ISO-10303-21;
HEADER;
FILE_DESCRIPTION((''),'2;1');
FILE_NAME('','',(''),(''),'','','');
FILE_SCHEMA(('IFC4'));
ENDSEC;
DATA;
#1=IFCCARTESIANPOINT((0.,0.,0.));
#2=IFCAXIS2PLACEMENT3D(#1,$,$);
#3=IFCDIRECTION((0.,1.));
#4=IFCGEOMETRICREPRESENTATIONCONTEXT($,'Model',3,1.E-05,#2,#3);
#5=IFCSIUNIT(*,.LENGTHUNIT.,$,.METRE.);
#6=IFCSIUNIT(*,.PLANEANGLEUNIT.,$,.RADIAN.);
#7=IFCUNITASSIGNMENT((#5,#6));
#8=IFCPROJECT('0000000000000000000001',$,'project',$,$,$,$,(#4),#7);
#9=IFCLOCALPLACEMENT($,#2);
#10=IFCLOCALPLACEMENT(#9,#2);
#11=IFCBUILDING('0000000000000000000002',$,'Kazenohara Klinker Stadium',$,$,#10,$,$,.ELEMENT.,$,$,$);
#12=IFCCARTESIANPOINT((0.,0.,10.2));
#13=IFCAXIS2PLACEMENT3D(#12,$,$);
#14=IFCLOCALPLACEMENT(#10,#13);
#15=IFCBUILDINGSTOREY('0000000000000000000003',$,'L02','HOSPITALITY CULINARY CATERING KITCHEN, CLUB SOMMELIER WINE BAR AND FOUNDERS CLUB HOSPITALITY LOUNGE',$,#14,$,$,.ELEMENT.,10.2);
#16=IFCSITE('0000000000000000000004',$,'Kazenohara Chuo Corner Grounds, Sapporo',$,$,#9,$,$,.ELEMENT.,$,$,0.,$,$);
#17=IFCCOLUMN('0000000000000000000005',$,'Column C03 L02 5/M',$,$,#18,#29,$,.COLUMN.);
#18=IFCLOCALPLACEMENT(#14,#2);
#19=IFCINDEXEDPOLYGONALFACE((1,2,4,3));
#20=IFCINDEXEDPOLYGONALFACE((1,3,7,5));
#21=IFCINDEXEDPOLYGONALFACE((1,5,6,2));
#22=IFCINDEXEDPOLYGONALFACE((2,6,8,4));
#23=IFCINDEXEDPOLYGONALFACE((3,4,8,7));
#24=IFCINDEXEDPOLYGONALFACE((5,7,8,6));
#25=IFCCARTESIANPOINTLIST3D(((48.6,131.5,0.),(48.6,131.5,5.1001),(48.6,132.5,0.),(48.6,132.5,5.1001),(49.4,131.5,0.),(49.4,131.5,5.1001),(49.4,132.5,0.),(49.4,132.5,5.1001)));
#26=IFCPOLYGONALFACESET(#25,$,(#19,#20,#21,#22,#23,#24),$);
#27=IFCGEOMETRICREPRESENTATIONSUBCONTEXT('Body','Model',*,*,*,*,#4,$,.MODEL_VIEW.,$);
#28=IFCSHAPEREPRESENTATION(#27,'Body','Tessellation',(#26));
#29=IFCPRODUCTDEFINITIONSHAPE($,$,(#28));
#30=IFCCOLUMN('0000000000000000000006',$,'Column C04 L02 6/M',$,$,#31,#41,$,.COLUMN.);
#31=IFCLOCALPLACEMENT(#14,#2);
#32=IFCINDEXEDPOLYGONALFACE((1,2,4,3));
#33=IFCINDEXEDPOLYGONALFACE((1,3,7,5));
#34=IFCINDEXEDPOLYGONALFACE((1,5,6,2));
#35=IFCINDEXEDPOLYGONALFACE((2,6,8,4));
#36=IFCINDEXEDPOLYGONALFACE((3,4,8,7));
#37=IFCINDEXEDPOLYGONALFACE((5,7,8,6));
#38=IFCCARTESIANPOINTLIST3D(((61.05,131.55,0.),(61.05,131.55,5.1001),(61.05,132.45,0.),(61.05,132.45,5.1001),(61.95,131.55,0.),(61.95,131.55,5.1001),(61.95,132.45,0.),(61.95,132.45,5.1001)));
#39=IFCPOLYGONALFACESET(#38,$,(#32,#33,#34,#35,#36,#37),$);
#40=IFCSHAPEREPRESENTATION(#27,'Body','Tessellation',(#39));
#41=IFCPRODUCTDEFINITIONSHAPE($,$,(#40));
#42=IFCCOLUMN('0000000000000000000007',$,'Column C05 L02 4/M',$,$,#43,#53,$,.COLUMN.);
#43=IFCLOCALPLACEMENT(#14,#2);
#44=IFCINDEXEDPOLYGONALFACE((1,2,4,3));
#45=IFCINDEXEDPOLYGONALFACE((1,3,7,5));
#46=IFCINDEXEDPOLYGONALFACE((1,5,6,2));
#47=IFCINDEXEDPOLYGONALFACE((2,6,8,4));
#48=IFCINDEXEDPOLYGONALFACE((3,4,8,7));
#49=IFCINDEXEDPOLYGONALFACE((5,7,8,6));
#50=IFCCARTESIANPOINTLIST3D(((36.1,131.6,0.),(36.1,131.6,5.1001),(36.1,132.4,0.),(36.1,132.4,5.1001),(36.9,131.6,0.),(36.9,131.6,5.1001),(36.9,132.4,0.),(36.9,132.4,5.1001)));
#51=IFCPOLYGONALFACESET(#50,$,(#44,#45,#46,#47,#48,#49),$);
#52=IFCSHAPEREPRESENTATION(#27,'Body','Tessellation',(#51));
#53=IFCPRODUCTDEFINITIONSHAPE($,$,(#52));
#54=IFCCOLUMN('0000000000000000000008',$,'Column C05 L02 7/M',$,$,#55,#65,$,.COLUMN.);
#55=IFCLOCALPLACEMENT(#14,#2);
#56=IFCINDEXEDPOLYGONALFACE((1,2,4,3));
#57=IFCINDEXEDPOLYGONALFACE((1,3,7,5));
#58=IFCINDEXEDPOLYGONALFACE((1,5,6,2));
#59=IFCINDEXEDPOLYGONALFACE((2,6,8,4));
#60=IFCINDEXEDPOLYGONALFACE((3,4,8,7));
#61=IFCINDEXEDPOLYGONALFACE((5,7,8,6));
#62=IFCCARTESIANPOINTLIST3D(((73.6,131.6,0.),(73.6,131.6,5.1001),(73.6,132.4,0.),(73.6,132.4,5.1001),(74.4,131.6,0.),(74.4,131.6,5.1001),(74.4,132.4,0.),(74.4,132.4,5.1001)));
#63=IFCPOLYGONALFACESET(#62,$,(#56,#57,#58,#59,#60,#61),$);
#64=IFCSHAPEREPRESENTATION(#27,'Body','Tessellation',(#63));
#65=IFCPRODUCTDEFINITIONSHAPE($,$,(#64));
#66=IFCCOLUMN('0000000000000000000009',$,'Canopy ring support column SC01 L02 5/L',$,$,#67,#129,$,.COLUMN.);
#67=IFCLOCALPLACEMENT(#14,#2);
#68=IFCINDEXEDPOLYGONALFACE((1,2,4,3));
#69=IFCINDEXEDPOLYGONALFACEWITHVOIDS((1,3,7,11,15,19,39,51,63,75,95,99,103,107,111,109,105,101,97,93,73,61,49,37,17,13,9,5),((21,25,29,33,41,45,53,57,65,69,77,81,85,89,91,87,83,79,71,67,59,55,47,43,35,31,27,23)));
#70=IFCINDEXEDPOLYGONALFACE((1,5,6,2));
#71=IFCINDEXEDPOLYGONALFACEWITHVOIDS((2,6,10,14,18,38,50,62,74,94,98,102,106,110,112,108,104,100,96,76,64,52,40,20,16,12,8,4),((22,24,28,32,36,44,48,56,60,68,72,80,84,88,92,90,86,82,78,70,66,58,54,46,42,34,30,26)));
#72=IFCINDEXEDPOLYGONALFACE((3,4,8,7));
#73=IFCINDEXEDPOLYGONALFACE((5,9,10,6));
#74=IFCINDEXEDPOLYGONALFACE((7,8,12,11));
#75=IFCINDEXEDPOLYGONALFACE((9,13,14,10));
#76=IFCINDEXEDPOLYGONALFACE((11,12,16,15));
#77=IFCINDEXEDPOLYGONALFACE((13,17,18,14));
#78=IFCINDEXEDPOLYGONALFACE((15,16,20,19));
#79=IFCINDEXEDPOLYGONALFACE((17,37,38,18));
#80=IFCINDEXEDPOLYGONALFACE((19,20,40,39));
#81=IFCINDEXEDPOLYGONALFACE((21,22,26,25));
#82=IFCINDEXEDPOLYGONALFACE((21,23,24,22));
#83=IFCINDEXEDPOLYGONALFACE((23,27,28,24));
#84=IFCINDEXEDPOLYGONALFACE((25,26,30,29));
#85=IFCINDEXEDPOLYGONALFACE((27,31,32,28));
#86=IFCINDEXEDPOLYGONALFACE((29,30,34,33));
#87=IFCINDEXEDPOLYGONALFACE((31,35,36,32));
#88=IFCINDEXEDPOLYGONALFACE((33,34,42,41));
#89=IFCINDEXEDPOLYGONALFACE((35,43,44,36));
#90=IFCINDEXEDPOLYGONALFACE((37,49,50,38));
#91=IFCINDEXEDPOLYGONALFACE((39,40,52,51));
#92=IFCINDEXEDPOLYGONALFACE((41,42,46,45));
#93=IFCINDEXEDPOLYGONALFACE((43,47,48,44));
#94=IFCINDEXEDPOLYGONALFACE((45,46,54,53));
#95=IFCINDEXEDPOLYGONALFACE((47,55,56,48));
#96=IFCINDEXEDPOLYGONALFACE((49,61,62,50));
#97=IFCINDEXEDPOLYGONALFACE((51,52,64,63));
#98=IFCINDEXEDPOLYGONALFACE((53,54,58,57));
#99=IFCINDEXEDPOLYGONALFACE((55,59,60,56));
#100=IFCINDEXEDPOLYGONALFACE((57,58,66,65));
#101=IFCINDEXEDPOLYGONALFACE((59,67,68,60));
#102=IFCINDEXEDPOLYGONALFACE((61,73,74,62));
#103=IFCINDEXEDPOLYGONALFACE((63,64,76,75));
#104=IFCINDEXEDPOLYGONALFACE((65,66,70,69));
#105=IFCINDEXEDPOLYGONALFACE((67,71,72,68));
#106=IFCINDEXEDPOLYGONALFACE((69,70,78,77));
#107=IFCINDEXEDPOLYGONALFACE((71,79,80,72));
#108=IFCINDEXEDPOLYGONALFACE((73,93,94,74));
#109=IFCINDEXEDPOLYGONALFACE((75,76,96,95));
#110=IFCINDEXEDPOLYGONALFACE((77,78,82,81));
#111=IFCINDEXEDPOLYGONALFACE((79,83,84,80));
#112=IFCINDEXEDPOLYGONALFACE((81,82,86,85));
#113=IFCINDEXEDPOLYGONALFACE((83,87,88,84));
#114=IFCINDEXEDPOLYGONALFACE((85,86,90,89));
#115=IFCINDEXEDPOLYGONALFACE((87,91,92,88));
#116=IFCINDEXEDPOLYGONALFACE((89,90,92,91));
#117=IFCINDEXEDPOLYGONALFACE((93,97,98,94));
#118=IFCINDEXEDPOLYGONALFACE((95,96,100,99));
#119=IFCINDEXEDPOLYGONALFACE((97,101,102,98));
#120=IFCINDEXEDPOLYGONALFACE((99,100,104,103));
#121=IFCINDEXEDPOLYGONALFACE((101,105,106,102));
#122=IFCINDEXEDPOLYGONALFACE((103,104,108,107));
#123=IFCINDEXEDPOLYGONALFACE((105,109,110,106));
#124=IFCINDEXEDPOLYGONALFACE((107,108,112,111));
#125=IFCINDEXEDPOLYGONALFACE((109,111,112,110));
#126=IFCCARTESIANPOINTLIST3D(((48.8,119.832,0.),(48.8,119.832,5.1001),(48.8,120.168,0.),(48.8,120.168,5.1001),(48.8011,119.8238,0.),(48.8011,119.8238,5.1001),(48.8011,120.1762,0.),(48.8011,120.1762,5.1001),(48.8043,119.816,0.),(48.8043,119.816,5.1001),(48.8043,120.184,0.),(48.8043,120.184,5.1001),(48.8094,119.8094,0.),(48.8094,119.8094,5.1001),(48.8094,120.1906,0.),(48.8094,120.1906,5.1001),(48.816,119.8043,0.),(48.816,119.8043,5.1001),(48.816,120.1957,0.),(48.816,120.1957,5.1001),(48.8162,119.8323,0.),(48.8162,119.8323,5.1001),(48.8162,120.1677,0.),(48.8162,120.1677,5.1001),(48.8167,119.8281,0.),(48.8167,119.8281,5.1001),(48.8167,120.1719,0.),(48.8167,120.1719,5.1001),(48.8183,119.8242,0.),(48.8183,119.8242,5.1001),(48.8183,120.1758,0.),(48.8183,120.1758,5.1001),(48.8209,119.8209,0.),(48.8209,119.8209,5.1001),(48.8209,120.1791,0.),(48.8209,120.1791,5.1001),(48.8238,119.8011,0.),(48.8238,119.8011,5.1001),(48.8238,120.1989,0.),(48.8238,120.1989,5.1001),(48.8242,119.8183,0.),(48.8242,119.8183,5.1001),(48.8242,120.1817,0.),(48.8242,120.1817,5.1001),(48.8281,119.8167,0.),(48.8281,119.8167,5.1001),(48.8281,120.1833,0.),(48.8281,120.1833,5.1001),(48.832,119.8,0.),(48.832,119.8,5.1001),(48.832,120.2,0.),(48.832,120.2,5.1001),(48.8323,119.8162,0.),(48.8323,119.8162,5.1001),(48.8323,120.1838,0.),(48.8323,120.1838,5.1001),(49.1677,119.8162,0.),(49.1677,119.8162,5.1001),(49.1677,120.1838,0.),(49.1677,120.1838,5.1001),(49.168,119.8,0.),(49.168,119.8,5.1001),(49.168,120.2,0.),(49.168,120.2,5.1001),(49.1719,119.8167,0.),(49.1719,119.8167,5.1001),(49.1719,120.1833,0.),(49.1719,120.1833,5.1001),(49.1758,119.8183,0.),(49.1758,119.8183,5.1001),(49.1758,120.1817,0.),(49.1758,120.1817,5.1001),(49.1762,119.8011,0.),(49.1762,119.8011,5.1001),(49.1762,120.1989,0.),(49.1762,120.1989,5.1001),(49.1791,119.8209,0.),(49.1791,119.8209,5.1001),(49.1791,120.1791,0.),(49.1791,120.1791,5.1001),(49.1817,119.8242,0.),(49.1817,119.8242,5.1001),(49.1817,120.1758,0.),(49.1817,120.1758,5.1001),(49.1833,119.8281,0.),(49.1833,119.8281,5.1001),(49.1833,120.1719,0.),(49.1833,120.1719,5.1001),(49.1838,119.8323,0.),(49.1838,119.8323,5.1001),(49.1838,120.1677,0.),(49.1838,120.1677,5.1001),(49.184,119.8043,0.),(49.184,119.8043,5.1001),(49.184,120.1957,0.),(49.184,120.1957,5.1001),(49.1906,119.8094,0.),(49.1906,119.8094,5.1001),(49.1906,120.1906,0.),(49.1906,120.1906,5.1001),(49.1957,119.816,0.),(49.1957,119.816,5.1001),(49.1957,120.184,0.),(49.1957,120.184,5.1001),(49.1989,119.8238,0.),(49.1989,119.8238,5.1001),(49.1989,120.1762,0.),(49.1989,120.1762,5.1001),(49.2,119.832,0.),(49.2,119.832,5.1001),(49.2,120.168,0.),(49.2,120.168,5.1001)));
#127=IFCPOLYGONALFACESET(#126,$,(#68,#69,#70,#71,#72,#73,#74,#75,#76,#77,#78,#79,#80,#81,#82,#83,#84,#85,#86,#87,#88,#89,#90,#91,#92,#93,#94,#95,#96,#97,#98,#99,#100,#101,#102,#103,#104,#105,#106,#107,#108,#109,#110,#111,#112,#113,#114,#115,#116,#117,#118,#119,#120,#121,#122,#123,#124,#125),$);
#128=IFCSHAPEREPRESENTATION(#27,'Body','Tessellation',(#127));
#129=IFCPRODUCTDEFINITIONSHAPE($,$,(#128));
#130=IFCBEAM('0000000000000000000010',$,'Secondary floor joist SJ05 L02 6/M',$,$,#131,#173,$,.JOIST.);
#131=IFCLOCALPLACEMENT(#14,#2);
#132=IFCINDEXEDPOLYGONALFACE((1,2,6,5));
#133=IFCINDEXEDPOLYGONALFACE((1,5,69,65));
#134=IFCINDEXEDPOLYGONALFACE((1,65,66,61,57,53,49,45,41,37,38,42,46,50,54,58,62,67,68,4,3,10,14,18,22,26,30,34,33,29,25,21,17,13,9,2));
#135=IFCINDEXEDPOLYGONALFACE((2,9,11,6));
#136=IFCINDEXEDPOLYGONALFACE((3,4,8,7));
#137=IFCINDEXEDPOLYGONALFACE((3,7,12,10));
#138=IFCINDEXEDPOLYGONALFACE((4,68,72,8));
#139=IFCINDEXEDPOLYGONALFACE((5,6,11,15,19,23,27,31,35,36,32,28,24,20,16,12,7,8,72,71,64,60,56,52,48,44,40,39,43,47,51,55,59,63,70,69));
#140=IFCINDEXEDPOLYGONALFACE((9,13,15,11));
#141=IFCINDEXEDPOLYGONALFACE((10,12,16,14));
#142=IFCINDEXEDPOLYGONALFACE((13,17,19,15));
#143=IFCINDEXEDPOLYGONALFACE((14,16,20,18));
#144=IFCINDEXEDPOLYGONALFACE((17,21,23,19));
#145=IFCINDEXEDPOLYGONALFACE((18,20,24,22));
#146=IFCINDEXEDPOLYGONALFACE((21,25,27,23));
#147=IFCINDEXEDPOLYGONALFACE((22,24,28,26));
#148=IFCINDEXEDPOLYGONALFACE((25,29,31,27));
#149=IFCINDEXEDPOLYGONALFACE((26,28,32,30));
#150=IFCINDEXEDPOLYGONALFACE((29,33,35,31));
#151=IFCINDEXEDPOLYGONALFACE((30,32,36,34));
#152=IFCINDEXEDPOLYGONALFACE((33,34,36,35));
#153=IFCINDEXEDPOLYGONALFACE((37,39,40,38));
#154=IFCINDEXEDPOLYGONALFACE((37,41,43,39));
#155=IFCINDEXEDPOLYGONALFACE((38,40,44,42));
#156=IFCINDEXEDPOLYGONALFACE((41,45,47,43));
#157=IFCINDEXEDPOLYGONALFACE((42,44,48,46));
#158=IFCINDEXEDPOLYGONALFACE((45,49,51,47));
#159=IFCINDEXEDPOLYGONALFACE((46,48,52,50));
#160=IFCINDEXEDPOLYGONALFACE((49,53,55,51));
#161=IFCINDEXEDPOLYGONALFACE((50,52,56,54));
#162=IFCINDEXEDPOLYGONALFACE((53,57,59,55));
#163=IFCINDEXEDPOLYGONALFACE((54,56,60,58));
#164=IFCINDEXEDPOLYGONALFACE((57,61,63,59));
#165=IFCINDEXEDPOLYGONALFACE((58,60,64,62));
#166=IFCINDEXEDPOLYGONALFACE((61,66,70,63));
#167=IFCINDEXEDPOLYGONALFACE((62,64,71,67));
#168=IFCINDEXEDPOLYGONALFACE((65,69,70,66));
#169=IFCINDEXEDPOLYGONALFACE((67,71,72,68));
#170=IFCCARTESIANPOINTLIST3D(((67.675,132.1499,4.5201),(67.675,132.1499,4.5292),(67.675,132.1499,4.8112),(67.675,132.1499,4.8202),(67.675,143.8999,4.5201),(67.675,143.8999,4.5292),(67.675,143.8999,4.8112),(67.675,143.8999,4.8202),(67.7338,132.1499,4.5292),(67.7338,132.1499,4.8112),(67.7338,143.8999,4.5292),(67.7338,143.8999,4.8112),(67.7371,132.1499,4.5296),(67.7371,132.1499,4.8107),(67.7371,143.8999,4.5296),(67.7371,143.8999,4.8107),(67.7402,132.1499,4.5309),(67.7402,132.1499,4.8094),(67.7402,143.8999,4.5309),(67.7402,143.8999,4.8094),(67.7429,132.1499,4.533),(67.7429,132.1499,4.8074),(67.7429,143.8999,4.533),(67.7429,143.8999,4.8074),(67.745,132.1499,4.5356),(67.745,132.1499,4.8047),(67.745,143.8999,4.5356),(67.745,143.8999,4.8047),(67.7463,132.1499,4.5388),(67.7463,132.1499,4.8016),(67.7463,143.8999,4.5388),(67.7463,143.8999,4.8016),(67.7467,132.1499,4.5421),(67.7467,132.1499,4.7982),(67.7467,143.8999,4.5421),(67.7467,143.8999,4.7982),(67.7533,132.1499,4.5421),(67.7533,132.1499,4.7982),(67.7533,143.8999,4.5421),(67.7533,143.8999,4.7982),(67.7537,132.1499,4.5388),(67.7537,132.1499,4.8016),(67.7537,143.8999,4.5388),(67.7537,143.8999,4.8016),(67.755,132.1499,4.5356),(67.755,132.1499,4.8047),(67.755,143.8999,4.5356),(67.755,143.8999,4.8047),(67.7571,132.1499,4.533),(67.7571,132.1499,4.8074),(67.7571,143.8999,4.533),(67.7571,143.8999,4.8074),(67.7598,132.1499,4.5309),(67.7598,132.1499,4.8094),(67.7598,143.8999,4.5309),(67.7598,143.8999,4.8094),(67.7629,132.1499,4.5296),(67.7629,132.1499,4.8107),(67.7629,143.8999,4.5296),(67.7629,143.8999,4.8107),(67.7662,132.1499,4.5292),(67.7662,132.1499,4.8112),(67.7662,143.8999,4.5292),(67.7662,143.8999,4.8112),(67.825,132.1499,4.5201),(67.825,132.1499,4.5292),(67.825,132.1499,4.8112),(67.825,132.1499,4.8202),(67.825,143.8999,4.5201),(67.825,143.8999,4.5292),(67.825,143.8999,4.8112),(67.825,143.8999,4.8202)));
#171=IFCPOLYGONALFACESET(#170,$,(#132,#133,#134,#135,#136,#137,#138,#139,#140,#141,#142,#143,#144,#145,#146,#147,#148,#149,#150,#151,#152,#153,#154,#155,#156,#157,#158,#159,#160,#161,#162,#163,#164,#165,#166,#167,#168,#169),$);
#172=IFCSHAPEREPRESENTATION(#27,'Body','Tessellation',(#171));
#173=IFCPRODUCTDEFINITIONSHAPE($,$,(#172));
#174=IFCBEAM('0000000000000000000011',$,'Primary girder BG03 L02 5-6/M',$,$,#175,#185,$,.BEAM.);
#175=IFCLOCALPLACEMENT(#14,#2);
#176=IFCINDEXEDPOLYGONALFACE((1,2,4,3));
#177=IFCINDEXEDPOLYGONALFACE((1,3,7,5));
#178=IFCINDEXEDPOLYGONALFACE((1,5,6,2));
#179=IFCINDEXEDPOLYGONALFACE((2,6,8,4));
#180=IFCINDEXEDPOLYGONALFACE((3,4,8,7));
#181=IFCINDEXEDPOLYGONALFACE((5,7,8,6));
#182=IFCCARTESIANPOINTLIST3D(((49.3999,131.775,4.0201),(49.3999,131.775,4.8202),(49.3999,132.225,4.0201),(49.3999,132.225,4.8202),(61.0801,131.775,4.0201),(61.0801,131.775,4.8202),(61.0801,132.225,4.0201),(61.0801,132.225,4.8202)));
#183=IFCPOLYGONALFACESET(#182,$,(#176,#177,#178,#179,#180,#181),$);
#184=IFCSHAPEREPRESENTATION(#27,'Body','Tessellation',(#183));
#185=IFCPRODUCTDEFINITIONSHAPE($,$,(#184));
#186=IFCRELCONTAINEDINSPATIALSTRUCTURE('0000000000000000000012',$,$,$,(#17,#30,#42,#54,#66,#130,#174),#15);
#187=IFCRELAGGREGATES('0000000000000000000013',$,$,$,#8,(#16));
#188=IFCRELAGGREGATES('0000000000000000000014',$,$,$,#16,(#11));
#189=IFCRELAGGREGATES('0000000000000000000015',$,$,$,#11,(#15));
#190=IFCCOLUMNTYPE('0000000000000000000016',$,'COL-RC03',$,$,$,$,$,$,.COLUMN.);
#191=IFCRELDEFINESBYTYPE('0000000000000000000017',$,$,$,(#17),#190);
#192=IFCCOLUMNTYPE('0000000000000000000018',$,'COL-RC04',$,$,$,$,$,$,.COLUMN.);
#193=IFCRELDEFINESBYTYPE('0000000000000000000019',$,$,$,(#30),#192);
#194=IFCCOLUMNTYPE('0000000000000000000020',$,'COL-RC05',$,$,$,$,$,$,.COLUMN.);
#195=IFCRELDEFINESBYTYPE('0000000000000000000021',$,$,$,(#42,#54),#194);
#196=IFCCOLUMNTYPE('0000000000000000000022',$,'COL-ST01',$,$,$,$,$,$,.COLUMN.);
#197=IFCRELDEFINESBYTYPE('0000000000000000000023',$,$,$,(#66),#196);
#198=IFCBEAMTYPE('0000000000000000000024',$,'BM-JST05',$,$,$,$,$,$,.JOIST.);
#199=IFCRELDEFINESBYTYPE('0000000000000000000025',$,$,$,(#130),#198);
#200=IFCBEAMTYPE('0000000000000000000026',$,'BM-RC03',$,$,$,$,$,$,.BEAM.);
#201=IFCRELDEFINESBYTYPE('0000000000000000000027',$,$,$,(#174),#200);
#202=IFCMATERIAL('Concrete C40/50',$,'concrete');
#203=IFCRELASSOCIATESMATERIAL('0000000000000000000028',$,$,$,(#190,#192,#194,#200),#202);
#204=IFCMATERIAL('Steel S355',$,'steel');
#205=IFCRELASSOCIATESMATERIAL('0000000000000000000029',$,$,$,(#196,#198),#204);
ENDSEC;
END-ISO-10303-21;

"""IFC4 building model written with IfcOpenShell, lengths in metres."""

from ifc_helpers import new_model, si_unit, direction, frame, origin, origin_2d, place, context, subcontext, project, spatial, rectangle, hollow_rectangle, i_section, extrude, material, material_profile, profile_set, type_object, element, save


model = new_model("IFC4")

# Units and contexts
model_context = context("Model", 3, precision=1e-05, world=origin(), true_north=direction((0.0, 1.0)))
body_context = subcontext(model_context, "Body", "Model", "MODEL_VIEW")
ifc_project = project(units=[si_unit("LENGTHUNIT", "METRE"), si_unit("PLANEANGLEUNIT", "RADIAN")], contexts=[model_context])

# Site, building, storey
site_placement = place(None, origin())
site = spatial("IfcSite", under=ifc_project, at=site_placement, Name="Kazenohara Chuo Corner Grounds, Sapporo", CompositionType="ELEMENT", RefElevation=0.0)
building_placement = place(site_placement, origin())
building = spatial("IfcBuilding", under=site, at=building_placement, Name="Kazenohara Klinker Stadium", CompositionType="ELEMENT")
storey_placement = place(building_placement, frame((0.0, 0.0, 10.2)))
storey = spatial("IfcBuildingStorey", under=building, at=storey_placement, Name="L02", Description="HOSPITALITY CULINARY CATERING KITCHEN, CLUB SOMMELIER WINE BAR AND FOUNDERS CLUB HOSPITALITY LOUNGE", CompositionType="ELEMENT", Elevation=10.2)

# Columns
ifc_material_1 = material(Name="Concrete C40/50", Category="concrete")
ifc_material_profile_1 = material_profile(ifc_material_1, rectangle(XDim=0.8, YDim=1.0, at=origin_2d()), Name="RC-COL-1000x800")
ifc_profile_set_1 = profile_set([ifc_material_profile_1], Name="Concrete C40/50")
column_type_1 = type_object("IfcColumnType", Name="COL-RC03", PredefinedType="COLUMN", material=ifc_profile_set_1)
column_1_placement = place(storey_placement, frame((49.0, 132.0, 0.0), z_axis=(0.0, 0.0, 1.0), x_axis=(1.0, 0.0, 0.0)))
element("IfcColumn", 1, at=column_1_placement, inside=storey, type_object=column_type_1, Name="Column C03 L02 5/M", PredefinedType="COLUMN", context=body_context, shape_type="SweptSolid", body=[
    extrude(rectangle(XDim=0.8, YDim=1.0, at=origin_2d()), origin(), (0.0, 0.0, 1.0), 5.1001),
])
ifc_material_profile_2 = material_profile(ifc_material_1, rectangle(XDim=0.8999, YDim=0.8999, at=origin_2d()), Name="RC-COL-900x900")
ifc_profile_set_2 = profile_set([ifc_material_profile_2], Name="Concrete C40/50")
column_type_2 = type_object("IfcColumnType", Name="COL-RC04", PredefinedType="COLUMN", material=ifc_profile_set_2)
column_2_placement = place(storey_placement, frame((61.5, 132.0, 0.0), z_axis=(0.0, 0.0, 1.0), x_axis=(1.0, 0.0, 0.0)))
element("IfcColumn", 2, at=column_2_placement, inside=storey, type_object=column_type_2, Name="Column C04 L02 6/M", PredefinedType="COLUMN", context=body_context, shape_type="SweptSolid", body=[
    extrude(rectangle(XDim=0.8999, YDim=0.8999, at=origin_2d()), origin(), (0.0, 0.0, 1.0), 5.1001),
])
ifc_material_profile_3 = material_profile(ifc_material_1, rectangle(XDim=0.8, YDim=0.8, at=origin_2d()), Name="RC-COL-800x800")
ifc_profile_set_3 = profile_set([ifc_material_profile_3], Name="Concrete C40/50")
column_type_3 = type_object("IfcColumnType", Name="COL-RC05", PredefinedType="COLUMN", material=ifc_profile_set_3)
for number, where, z_axis, x_axis, name in (
    (3, (36.5, 132.0, 0.0), (0.0, 0.0, 1.0), (1.0, 0.0, 0.0), "Column C05 L02 4/M"),
    (4, (74.0, 132.0, 0.0), (0.0, 0.0, 1.0), (1.0, 0.0, 0.0), "Column C05 L02 7/M"),
):
    element("IfcColumn", number, at=place(storey_placement, frame(where, z_axis=z_axis, x_axis=x_axis)), inside=storey, type_object=column_type_3, Name=name, PredefinedType="COLUMN", context=body_context, shape_type="SweptSolid", body=[
        extrude(rectangle(XDim=0.8, YDim=0.8, at=origin_2d()), origin(), (0.0, 0.0, 1.0), 5.1001),
    ])
ifc_material_2 = material(Name="Steel S355", Category="steel")
ifc_material_profile_4 = material_profile(ifc_material_2, hollow_rectangle(XDim=0.3999, YDim=0.3999, WallThickness=0.0161, InnerFilletRadius=0.0161, OuterFilletRadius=0.032, at=origin_2d()), Name="SHS-400x400x16")
ifc_profile_set_4 = profile_set([ifc_material_profile_4], Name="Steel S355")
column_type_4 = type_object("IfcColumnType", Name="COL-ST01", PredefinedType="COLUMN", material=ifc_profile_set_4)
column_3_placement = place(storey_placement, frame((49.0, 120.0, 0.0), z_axis=(0.0, 0.0, 1.0), x_axis=(1.0, 0.0, 0.0)))
element("IfcColumn", 5, at=column_3_placement, inside=storey, type_object=column_type_4, Name="Canopy ring support column SC01 L02 5/L", PredefinedType="COLUMN", context=body_context, shape_type="SweptSolid", body=[
    extrude(hollow_rectangle(XDim=0.3999, YDim=0.3999, WallThickness=0.0161, InnerFilletRadius=0.0161, OuterFilletRadius=0.032, at=origin_2d()), origin(), (0.0, 0.0, 1.0), 5.1001),
])

# Beams
ifc_material_profile_5 = material_profile(ifc_material_2, i_section(OverallWidth=0.1499, OverallDepth=0.3, WebThickness=0.0066, FlangeThickness=0.009, FilletRadius=0.0129, at=origin_2d()), Name="H-300x150x6.5x9")
ifc_profile_set_5 = profile_set([ifc_material_profile_5], Name="Steel S355")
beam_type_1 = type_object("IfcBeamType", Name="BM-JST05", PredefinedType="JOIST", material=ifc_profile_set_5)
beam_1_placement = place(storey_placement, frame((67.75, 132.1499, 4.6702), z_axis=(0.0, 1.0, 0.0), x_axis=(-1.0, 0.0, 0.0)))
element("IfcBeam", 6, at=beam_1_placement, inside=storey, type_object=beam_type_1, Name="Secondary floor joist SJ05 L02 6/M", PredefinedType="JOIST", context=body_context, shape_type="SweptSolid", body=[
    extrude(i_section(OverallWidth=0.1499, OverallDepth=0.3, WebThickness=0.0066, FlangeThickness=0.009, FilletRadius=0.0129, at=origin_2d()), origin(), (0.0, 0.0, 1.0), 11.75),
])
ifc_material_profile_6 = material_profile(ifc_material_1, rectangle(XDim=0.45, YDim=0.8, at=origin_2d()), Name="RC-BM-450x800")
ifc_profile_set_6 = profile_set([ifc_material_profile_6], Name="Concrete C40/50")
beam_type_2 = type_object("IfcBeamType", Name="BM-RC03", PredefinedType="BEAM", material=ifc_profile_set_6)
beam_2_placement = place(storey_placement, frame((49.3999, 132.0, 4.4202), z_axis=(1.0, 0.0, 0.0), x_axis=(0.0, 1.0, 0.0)))
element("IfcBeam", 7, at=beam_2_placement, inside=storey, type_object=beam_type_2, Name="Primary girder BG03 L02 5-6/M", PredefinedType="BEAM", context=body_context, shape_type="SweptSolid", body=[
    extrude(rectangle(XDim=0.45, YDim=0.8, at=origin_2d()), origin(), (0.0, 0.0, 1.0), 11.6802),
])

save(model, "model.ifc")
